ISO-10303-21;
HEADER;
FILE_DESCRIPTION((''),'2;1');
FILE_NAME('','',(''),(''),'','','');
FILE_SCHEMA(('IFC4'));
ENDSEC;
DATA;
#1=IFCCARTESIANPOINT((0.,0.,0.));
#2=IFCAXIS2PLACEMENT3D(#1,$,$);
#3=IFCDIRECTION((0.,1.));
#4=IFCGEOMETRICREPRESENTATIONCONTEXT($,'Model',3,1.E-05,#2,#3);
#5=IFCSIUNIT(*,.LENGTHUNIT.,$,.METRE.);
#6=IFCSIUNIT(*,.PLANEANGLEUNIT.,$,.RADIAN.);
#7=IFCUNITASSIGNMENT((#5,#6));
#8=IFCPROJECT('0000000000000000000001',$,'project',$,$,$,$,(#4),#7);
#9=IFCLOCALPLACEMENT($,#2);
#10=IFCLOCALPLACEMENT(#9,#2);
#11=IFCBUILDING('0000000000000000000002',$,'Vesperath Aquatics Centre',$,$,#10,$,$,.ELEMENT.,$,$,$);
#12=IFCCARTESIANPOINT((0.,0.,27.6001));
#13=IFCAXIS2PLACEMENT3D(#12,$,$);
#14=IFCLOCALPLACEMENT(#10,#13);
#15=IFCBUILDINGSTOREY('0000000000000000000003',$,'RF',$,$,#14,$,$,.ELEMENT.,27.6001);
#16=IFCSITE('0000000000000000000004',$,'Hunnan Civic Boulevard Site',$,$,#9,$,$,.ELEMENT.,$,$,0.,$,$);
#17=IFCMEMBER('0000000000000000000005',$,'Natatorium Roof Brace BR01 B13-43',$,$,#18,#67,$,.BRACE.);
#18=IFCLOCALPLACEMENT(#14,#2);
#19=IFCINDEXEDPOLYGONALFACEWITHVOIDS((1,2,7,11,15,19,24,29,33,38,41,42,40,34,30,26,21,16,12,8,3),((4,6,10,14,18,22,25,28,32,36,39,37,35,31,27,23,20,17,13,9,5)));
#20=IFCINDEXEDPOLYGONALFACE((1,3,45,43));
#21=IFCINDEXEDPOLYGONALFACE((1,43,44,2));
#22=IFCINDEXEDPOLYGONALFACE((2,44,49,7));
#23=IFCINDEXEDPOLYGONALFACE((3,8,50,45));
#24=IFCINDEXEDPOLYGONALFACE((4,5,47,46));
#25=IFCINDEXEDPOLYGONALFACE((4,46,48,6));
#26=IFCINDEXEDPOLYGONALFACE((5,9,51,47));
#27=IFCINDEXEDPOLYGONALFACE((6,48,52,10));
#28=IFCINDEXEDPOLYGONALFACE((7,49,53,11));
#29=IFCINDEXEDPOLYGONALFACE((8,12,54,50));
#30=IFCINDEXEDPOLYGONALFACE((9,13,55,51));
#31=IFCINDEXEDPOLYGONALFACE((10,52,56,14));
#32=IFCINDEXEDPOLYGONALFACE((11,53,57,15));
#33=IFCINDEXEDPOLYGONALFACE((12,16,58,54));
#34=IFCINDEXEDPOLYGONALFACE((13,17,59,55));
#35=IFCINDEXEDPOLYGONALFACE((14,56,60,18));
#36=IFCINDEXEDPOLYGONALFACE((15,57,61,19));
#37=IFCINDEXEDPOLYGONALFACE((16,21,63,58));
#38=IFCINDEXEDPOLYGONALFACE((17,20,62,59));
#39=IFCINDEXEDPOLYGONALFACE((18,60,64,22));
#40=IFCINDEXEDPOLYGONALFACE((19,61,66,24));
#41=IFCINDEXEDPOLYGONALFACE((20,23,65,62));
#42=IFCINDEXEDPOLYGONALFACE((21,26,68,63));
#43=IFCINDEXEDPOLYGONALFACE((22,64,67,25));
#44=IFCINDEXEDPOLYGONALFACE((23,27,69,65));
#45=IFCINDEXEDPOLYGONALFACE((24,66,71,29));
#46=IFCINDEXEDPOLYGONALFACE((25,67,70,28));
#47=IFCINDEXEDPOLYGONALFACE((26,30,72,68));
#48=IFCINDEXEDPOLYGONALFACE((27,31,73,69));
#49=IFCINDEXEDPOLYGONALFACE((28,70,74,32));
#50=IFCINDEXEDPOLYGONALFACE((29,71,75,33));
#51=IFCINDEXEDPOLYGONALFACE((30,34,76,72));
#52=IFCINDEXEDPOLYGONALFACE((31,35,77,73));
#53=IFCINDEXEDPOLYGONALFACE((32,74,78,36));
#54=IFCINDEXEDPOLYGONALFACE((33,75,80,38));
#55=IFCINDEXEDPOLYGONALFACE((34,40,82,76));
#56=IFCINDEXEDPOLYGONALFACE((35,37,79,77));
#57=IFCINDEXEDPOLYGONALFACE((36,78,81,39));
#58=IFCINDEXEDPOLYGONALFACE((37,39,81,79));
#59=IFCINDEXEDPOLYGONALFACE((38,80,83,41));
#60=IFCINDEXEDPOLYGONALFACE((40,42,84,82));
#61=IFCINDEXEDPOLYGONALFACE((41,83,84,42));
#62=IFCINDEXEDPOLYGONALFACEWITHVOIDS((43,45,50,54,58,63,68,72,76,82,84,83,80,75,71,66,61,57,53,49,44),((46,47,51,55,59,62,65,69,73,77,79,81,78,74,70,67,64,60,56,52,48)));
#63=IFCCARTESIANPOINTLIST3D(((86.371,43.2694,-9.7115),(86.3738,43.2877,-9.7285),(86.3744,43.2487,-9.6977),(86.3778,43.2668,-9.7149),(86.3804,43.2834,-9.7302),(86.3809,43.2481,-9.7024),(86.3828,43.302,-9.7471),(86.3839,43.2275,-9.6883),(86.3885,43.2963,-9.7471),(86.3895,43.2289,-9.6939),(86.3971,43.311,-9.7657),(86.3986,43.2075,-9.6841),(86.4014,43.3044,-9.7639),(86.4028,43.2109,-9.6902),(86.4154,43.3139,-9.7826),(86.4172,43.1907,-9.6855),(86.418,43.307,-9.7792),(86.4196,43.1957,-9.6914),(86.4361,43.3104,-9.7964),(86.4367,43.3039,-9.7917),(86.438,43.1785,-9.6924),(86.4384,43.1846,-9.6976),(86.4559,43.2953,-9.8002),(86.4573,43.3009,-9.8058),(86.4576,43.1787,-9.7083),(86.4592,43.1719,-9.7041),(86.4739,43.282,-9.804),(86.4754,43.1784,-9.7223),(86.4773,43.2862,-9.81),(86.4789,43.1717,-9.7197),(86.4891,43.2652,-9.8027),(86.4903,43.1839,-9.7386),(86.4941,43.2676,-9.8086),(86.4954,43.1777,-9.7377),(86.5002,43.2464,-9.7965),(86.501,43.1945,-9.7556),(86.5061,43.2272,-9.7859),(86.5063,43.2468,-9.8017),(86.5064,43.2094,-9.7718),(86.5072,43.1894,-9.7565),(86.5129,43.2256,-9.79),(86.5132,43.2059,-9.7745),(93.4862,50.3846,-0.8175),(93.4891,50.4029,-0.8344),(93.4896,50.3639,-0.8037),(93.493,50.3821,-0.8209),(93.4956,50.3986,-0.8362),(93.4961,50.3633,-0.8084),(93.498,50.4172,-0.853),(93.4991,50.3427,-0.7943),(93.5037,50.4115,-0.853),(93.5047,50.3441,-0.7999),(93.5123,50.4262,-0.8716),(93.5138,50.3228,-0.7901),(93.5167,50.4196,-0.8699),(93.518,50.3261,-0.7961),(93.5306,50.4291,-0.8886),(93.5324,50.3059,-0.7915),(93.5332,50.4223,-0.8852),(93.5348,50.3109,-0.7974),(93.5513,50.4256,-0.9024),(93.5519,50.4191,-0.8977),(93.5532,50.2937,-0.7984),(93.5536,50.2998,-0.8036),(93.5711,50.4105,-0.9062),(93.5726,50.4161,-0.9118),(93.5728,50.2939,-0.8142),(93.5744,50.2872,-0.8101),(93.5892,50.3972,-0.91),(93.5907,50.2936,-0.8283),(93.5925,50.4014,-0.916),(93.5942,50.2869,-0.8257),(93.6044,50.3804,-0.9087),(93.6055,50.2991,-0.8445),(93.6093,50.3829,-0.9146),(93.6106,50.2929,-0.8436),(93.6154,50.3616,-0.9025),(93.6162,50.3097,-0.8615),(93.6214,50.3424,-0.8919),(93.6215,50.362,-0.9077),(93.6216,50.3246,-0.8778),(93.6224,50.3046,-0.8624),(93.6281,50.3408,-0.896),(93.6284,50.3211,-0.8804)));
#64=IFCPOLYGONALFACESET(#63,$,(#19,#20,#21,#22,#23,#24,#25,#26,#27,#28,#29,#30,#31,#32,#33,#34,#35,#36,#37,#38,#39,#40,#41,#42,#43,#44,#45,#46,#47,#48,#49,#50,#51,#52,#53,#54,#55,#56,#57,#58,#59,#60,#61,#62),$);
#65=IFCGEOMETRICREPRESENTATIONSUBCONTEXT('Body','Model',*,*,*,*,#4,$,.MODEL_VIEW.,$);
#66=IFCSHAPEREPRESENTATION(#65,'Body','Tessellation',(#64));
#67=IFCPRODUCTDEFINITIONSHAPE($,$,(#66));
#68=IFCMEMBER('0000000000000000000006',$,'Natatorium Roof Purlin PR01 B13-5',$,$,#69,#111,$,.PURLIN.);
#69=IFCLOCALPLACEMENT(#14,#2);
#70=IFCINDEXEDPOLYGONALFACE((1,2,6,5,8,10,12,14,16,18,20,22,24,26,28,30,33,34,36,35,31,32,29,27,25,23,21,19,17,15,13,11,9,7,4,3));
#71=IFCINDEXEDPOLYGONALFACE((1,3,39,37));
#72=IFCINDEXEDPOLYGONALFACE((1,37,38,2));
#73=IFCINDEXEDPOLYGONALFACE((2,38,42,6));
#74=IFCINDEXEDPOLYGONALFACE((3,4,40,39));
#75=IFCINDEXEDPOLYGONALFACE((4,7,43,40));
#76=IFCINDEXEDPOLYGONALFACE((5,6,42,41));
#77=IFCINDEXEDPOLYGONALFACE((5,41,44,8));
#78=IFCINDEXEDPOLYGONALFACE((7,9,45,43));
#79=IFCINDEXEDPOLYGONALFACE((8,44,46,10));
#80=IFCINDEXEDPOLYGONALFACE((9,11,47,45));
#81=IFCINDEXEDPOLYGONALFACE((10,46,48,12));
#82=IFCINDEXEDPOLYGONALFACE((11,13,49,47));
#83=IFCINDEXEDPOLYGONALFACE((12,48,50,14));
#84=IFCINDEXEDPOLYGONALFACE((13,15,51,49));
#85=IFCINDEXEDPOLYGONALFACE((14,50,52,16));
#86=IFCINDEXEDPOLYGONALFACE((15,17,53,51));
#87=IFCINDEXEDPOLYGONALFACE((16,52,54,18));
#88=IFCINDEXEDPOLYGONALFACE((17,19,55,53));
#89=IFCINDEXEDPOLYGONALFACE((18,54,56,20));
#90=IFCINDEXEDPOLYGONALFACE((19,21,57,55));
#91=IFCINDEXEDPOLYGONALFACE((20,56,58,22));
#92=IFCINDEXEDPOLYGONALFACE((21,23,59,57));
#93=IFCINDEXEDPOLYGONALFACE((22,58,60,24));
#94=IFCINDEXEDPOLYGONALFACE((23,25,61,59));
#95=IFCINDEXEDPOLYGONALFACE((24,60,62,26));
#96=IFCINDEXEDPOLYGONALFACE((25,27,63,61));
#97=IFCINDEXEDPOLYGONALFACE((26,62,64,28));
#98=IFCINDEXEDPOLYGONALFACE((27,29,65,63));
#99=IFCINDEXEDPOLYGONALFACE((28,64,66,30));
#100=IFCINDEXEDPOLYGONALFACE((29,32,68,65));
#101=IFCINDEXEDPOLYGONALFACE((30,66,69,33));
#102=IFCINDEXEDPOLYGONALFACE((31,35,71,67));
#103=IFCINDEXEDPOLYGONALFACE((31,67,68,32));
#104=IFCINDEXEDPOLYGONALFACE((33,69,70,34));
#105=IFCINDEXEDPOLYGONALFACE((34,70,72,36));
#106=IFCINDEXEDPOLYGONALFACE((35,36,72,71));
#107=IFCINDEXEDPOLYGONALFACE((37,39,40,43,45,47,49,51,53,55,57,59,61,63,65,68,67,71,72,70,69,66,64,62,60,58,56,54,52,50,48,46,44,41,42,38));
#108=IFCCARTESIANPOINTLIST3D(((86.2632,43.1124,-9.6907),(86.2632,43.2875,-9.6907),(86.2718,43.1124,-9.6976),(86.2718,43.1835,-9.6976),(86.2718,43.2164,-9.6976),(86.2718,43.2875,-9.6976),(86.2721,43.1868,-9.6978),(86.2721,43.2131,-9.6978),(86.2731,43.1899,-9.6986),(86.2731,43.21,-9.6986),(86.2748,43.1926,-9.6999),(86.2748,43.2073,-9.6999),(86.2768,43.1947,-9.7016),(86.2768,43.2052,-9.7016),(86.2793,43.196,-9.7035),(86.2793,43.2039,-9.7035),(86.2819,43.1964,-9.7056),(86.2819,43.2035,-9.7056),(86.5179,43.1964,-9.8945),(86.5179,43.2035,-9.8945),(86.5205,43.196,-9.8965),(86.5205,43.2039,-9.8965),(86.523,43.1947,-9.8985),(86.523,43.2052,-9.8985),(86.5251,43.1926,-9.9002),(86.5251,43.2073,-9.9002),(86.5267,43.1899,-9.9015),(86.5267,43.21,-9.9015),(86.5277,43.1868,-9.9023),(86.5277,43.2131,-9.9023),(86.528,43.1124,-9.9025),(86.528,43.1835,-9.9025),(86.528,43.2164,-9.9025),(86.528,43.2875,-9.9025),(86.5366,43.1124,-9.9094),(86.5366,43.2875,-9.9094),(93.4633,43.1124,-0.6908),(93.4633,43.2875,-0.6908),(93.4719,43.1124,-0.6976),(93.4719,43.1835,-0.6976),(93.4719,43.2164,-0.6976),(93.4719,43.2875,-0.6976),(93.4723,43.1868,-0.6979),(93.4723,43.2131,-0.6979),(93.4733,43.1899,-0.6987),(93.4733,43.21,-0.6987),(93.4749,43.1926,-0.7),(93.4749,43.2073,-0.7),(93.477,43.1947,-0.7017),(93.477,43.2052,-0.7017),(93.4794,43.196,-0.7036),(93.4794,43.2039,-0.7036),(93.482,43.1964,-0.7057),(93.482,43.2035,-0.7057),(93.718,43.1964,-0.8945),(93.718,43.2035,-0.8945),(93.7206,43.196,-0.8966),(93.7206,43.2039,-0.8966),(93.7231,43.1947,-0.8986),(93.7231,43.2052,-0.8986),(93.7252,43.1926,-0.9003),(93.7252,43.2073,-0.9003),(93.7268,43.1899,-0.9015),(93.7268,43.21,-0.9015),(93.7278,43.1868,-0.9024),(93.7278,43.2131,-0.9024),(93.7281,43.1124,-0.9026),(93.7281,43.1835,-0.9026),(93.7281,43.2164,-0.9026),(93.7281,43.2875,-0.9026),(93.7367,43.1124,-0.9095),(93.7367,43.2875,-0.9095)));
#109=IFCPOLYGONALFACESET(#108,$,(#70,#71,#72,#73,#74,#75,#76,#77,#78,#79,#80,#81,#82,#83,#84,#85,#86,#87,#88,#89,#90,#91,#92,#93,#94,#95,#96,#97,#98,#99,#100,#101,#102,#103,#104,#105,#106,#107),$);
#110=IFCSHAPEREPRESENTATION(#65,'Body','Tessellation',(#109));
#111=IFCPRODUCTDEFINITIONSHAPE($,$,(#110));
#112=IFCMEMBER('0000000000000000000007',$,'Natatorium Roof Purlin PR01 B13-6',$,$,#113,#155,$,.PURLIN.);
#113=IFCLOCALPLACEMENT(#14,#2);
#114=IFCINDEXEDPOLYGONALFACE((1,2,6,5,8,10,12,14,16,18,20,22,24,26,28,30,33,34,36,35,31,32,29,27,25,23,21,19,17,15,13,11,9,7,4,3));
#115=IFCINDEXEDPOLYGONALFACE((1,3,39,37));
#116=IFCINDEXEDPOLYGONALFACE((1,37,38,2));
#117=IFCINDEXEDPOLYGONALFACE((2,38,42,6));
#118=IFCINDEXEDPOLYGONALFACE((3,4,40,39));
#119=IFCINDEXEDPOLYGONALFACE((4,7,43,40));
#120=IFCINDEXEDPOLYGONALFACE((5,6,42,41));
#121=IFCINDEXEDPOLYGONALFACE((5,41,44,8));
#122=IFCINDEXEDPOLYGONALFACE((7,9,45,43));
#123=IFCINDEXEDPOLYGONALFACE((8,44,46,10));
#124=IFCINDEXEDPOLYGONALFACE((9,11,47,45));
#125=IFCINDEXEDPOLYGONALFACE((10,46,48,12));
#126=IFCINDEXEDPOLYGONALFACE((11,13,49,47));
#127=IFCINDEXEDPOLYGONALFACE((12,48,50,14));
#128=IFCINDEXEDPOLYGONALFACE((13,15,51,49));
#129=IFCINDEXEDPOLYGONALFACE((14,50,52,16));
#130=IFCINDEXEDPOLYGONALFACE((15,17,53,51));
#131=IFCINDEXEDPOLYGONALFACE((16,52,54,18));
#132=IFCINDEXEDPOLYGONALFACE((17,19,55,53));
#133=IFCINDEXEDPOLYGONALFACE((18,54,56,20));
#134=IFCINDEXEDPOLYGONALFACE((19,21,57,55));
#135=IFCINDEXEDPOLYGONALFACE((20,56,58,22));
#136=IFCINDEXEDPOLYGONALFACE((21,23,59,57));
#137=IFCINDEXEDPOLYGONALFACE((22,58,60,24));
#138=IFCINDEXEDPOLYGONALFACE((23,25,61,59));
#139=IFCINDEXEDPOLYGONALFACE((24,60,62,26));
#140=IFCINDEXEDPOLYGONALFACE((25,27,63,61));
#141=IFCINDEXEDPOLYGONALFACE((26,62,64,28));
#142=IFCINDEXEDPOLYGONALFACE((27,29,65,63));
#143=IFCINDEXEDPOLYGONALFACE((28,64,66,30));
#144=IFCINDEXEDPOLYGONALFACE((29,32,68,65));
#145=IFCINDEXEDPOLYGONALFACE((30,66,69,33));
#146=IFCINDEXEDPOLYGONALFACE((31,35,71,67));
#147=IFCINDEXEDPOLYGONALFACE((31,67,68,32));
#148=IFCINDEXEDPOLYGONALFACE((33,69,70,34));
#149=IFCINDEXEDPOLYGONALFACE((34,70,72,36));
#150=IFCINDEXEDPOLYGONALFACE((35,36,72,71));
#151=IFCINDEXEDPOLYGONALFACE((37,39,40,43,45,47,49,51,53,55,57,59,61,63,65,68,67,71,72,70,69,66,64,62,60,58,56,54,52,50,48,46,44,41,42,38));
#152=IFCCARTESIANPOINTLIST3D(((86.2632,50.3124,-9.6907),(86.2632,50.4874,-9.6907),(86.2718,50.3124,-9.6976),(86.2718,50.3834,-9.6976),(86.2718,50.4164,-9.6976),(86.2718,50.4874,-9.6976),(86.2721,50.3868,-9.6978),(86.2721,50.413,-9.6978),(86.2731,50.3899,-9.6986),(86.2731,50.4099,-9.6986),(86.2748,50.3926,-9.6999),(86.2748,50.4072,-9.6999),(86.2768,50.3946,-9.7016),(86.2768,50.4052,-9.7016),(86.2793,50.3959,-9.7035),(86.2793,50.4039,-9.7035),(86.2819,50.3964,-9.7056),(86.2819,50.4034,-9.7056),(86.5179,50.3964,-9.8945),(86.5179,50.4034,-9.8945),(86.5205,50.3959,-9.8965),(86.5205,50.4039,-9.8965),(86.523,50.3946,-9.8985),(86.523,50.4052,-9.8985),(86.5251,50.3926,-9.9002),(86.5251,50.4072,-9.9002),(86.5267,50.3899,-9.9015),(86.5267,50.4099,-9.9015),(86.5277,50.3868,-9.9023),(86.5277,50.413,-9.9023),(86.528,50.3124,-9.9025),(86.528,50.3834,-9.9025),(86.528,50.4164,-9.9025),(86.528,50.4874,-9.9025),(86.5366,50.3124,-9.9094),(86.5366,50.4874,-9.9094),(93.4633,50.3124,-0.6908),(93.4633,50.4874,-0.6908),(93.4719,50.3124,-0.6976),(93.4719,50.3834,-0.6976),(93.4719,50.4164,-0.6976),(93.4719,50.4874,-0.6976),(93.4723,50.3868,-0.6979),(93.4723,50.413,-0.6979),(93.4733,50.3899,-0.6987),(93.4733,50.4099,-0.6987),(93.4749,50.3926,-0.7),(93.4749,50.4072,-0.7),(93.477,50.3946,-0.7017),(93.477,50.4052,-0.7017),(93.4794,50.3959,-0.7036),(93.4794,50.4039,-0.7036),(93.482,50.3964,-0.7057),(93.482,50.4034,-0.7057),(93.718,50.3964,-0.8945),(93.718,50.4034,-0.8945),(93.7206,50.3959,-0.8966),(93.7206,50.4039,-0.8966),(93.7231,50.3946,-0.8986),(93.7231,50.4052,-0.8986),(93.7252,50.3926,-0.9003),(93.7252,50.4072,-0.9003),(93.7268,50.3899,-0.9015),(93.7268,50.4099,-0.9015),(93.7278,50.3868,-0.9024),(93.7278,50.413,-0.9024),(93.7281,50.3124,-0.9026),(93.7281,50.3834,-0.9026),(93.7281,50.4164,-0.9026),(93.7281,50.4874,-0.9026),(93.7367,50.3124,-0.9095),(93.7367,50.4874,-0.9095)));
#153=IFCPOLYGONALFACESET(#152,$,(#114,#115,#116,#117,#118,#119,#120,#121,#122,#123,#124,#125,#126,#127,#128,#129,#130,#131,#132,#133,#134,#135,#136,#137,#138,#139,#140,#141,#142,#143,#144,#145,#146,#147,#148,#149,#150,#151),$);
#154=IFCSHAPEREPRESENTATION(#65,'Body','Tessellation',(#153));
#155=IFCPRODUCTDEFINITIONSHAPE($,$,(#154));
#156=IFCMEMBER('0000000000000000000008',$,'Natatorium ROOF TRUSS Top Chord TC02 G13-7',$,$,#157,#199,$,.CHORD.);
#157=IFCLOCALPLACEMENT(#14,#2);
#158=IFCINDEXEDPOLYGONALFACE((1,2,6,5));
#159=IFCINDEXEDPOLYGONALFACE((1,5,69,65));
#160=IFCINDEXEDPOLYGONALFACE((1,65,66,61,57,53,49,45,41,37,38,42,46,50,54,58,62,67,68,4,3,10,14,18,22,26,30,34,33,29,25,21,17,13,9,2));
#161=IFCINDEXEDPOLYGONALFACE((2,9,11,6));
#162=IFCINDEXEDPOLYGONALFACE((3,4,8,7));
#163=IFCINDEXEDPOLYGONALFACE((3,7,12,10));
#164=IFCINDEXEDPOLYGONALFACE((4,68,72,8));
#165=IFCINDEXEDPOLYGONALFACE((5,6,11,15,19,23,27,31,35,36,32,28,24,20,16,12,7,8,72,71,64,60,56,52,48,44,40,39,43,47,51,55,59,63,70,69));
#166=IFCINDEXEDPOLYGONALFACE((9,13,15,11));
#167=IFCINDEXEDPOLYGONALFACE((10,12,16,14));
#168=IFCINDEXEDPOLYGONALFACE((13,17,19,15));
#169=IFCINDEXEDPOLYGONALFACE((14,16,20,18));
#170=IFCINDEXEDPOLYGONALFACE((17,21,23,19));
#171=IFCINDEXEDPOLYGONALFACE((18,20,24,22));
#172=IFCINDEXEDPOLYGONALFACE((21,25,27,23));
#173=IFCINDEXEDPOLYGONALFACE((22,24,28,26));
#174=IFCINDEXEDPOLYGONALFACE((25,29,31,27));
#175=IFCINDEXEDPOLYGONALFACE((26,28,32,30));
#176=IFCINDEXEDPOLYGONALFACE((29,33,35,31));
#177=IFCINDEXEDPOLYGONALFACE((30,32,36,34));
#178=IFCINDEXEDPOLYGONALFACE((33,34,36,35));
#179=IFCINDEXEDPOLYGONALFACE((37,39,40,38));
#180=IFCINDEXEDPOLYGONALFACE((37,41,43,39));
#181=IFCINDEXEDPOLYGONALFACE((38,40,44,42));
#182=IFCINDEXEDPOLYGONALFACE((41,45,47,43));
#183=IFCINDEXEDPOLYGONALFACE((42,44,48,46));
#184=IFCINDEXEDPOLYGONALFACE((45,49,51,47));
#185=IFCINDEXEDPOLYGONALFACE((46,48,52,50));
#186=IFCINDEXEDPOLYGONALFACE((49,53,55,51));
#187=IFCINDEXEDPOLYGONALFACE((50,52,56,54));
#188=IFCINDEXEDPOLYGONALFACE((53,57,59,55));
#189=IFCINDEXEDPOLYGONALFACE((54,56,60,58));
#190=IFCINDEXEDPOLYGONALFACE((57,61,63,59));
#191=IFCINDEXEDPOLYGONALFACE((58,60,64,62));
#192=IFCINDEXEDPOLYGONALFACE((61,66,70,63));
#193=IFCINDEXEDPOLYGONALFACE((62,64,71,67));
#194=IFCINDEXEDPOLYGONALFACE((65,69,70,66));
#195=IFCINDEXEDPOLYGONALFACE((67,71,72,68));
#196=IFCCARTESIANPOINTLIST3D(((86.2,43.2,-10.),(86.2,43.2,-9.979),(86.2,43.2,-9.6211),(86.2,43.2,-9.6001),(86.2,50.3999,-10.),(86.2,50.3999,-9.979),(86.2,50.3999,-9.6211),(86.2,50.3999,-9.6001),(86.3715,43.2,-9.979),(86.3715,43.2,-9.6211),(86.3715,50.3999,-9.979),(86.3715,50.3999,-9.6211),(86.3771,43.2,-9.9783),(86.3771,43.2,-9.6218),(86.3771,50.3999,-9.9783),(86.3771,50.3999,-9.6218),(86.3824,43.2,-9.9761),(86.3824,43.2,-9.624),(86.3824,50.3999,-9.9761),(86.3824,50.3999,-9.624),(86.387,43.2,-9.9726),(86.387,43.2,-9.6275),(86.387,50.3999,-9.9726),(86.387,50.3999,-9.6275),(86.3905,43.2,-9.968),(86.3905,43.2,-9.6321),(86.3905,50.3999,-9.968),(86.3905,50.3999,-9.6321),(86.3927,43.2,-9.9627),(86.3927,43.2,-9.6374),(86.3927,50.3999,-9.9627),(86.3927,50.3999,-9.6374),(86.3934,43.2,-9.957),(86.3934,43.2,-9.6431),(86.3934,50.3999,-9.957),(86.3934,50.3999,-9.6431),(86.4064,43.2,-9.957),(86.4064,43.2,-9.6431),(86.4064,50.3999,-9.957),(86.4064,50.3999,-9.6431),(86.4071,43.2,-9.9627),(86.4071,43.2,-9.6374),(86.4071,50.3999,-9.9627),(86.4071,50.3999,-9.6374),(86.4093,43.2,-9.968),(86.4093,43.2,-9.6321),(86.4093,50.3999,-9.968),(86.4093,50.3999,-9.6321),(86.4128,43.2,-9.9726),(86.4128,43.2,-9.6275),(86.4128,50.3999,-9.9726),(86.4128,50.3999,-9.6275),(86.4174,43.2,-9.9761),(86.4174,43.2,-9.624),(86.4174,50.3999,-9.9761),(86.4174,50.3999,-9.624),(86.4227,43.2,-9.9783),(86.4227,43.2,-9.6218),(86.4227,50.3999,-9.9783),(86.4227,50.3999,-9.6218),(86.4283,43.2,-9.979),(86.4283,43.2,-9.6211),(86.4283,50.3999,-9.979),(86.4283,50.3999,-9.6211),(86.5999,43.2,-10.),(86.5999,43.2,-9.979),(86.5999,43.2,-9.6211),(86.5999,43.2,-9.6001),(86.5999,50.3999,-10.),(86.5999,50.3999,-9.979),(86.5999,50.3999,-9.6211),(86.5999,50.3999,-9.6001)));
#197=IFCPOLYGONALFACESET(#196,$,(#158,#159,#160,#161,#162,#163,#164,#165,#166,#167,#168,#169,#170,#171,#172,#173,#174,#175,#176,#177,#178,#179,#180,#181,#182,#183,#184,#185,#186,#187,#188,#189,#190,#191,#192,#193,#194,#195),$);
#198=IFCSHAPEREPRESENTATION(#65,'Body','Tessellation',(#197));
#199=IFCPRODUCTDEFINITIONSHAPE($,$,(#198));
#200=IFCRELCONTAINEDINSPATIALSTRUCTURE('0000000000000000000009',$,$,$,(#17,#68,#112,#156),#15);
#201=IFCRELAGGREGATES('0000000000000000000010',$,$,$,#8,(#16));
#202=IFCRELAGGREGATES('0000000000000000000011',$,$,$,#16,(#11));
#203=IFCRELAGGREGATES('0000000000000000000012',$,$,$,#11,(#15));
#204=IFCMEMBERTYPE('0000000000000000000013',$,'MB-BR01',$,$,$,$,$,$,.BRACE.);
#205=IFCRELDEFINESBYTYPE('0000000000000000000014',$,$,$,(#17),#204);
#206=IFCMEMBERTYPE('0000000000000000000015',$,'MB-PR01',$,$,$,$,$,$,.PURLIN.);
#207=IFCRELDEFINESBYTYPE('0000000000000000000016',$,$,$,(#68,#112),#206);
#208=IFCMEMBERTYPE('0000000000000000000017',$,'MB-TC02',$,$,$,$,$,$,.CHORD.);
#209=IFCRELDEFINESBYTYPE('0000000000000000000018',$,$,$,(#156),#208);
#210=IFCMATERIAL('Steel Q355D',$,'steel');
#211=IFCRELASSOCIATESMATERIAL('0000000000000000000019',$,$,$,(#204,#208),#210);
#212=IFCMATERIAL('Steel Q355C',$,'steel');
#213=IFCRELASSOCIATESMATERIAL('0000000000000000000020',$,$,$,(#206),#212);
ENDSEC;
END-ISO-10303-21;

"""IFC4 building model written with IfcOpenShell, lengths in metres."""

from ifc_helpers import new_model, si_unit, direction, frame, origin, origin_2d, place, context, subcontext, project, spatial, hollow_circle, i_section, extrude, material, material_profile, profile_set, type_object, element, save


model = new_model("IFC4")

# Units and contexts
model_context = context("Model", 3, precision=1e-05, world=origin(), true_north=direction((0.0, 1.0)))
body_context = subcontext(model_context, "Body", "Model", "MODEL_VIEW")
ifc_project = project(units=[si_unit("LENGTHUNIT", "METRE"), si_unit("PLANEANGLEUNIT", "RADIAN")], contexts=[model_context])

# Site, building, storey
site_placement = place(None, origin())
site = spatial("IfcSite", under=ifc_project, at=site_placement, Name="Hunnan Civic Boulevard Site", CompositionType="ELEMENT", RefElevation=0.0)
building_placement = place(site_placement, origin())
building = spatial("IfcBuilding", under=site, at=building_placement, Name="Vesperath Aquatics Centre", CompositionType="ELEMENT")
storey_placement = place(building_placement, frame((0.0, 0.0, 27.6001)))
storey = spatial("IfcBuildingStorey", under=building, at=storey_placement, Name="RF", CompositionType="ELEMENT", Elevation=27.6001)

# Shared definitions
ifc_material_1 = material(Name="Steel Q355C", Category="steel")

# Members
ifc_material_2 = material(Name="Steel Q355D", Category="steel")
ifc_material_profile_1 = material_profile(ifc_material_2, hollow_circle(Radius=0.0842, WallThickness=0.0081, at=origin_2d()), Name="CHS 168.3x8")
ifc_profile_set_1 = profile_set([ifc_material_profile_1], Name="Steel Q355D")
member_type_1 = type_object("IfcMemberType", Name="MB-BR01", PredefinedType="BRACE", material=ifc_profile_set_1)
member_1_placement = place(storey_placement, frame((86.4424, 43.2424, -9.7471), z_axis=(0.529813, 0.529813, 0.662266), x_axis=(-0.707107, 0.707107, 0.0)))
element("IfcMember", 1, at=member_1_placement, inside=storey, type_object=member_type_1, Name="Natatorium Roof Brace BR01 B13-43", PredefinedType="BRACE", context=body_context, shape_type="SweptSolid", body=[
    extrude(hollow_circle(Radius=0.0842, WallThickness=0.0081, at=origin_2d()), origin(), (0.0, 0.0, 1.0), 13.4297),
])
ifc_material_profile_2 = material_profile(ifc_material_1, i_section(OverallWidth=0.175, OverallDepth=0.3501, WebThickness=0.0071, FlangeThickness=0.011, FilletRadius=0.0129, at=origin_2d()), Name="HN 350x175x7x11")
ifc_profile_set_2 = profile_set([ifc_material_profile_2], Name="Steel Q355C")
member_type_2 = type_object("IfcMemberType", Name="MB-PR01", PredefinedType="PURLIN", material=ifc_profile_set_2)
for number, where, z_axis, x_axis, name in (
    (2, (86.3999, 43.2, -9.8), (0.624705, 0.0, 0.780861), (0.0, 1.0, 0.0), "Natatorium Roof Purlin PR01 B13-5"),
    (3, (86.3999, 50.3999, -9.8), (0.624705, 0.0, 0.780861), (0.0, 1.0, 0.0), "Natatorium Roof Purlin PR01 B13-6"),
):
    element("IfcMember", number, at=place(storey_placement, frame(where, z_axis=z_axis, x_axis=x_axis)), inside=storey, type_object=member_type_2, Name=name, PredefinedType="PURLIN", context=body_context, shape_type="SweptSolid", body=[
        extrude(i_section(OverallWidth=0.175, OverallDepth=0.3501, WebThickness=0.0071, FlangeThickness=0.011, FilletRadius=0.0129, at=origin_2d()), origin(), (0.0, 0.0, 1.0), 11.5256),
    ])
ifc_material_profile_3 = material_profile(ifc_material_2, i_section(OverallWidth=0.3999, OverallDepth=0.3999, WebThickness=0.0129, FlangeThickness=0.021, FilletRadius=0.022, at=origin_2d()), Name="HW 400x400x13x21")
ifc_profile_set_3 = profile_set([ifc_material_profile_3], Name="Steel Q355D")
member_type_3 = type_object("IfcMemberType", Name="MB-TC02", PredefinedType="CHORD", material=ifc_profile_set_3)
member_2_placement = place(storey_placement, frame((86.3999, 43.2, -9.8), z_axis=(0.0, 1.0, 0.0), x_axis=(-1.0, 0.0, 0.0)))
element("IfcMember", 4, at=member_2_placement, inside=storey, type_object=member_type_3, Name="Natatorium ROOF TRUSS Top Chord TC02 G13-7", PredefinedType="CHORD", context=body_context, shape_type="SweptSolid", body=[
    extrude(i_section(OverallWidth=0.3999, OverallDepth=0.3999, WebThickness=0.0129, FlangeThickness=0.021, FilletRadius=0.022, at=origin_2d()), origin(), (0.0, 0.0, 1.0), 7.2),
])

save(model, "model.ifc")
